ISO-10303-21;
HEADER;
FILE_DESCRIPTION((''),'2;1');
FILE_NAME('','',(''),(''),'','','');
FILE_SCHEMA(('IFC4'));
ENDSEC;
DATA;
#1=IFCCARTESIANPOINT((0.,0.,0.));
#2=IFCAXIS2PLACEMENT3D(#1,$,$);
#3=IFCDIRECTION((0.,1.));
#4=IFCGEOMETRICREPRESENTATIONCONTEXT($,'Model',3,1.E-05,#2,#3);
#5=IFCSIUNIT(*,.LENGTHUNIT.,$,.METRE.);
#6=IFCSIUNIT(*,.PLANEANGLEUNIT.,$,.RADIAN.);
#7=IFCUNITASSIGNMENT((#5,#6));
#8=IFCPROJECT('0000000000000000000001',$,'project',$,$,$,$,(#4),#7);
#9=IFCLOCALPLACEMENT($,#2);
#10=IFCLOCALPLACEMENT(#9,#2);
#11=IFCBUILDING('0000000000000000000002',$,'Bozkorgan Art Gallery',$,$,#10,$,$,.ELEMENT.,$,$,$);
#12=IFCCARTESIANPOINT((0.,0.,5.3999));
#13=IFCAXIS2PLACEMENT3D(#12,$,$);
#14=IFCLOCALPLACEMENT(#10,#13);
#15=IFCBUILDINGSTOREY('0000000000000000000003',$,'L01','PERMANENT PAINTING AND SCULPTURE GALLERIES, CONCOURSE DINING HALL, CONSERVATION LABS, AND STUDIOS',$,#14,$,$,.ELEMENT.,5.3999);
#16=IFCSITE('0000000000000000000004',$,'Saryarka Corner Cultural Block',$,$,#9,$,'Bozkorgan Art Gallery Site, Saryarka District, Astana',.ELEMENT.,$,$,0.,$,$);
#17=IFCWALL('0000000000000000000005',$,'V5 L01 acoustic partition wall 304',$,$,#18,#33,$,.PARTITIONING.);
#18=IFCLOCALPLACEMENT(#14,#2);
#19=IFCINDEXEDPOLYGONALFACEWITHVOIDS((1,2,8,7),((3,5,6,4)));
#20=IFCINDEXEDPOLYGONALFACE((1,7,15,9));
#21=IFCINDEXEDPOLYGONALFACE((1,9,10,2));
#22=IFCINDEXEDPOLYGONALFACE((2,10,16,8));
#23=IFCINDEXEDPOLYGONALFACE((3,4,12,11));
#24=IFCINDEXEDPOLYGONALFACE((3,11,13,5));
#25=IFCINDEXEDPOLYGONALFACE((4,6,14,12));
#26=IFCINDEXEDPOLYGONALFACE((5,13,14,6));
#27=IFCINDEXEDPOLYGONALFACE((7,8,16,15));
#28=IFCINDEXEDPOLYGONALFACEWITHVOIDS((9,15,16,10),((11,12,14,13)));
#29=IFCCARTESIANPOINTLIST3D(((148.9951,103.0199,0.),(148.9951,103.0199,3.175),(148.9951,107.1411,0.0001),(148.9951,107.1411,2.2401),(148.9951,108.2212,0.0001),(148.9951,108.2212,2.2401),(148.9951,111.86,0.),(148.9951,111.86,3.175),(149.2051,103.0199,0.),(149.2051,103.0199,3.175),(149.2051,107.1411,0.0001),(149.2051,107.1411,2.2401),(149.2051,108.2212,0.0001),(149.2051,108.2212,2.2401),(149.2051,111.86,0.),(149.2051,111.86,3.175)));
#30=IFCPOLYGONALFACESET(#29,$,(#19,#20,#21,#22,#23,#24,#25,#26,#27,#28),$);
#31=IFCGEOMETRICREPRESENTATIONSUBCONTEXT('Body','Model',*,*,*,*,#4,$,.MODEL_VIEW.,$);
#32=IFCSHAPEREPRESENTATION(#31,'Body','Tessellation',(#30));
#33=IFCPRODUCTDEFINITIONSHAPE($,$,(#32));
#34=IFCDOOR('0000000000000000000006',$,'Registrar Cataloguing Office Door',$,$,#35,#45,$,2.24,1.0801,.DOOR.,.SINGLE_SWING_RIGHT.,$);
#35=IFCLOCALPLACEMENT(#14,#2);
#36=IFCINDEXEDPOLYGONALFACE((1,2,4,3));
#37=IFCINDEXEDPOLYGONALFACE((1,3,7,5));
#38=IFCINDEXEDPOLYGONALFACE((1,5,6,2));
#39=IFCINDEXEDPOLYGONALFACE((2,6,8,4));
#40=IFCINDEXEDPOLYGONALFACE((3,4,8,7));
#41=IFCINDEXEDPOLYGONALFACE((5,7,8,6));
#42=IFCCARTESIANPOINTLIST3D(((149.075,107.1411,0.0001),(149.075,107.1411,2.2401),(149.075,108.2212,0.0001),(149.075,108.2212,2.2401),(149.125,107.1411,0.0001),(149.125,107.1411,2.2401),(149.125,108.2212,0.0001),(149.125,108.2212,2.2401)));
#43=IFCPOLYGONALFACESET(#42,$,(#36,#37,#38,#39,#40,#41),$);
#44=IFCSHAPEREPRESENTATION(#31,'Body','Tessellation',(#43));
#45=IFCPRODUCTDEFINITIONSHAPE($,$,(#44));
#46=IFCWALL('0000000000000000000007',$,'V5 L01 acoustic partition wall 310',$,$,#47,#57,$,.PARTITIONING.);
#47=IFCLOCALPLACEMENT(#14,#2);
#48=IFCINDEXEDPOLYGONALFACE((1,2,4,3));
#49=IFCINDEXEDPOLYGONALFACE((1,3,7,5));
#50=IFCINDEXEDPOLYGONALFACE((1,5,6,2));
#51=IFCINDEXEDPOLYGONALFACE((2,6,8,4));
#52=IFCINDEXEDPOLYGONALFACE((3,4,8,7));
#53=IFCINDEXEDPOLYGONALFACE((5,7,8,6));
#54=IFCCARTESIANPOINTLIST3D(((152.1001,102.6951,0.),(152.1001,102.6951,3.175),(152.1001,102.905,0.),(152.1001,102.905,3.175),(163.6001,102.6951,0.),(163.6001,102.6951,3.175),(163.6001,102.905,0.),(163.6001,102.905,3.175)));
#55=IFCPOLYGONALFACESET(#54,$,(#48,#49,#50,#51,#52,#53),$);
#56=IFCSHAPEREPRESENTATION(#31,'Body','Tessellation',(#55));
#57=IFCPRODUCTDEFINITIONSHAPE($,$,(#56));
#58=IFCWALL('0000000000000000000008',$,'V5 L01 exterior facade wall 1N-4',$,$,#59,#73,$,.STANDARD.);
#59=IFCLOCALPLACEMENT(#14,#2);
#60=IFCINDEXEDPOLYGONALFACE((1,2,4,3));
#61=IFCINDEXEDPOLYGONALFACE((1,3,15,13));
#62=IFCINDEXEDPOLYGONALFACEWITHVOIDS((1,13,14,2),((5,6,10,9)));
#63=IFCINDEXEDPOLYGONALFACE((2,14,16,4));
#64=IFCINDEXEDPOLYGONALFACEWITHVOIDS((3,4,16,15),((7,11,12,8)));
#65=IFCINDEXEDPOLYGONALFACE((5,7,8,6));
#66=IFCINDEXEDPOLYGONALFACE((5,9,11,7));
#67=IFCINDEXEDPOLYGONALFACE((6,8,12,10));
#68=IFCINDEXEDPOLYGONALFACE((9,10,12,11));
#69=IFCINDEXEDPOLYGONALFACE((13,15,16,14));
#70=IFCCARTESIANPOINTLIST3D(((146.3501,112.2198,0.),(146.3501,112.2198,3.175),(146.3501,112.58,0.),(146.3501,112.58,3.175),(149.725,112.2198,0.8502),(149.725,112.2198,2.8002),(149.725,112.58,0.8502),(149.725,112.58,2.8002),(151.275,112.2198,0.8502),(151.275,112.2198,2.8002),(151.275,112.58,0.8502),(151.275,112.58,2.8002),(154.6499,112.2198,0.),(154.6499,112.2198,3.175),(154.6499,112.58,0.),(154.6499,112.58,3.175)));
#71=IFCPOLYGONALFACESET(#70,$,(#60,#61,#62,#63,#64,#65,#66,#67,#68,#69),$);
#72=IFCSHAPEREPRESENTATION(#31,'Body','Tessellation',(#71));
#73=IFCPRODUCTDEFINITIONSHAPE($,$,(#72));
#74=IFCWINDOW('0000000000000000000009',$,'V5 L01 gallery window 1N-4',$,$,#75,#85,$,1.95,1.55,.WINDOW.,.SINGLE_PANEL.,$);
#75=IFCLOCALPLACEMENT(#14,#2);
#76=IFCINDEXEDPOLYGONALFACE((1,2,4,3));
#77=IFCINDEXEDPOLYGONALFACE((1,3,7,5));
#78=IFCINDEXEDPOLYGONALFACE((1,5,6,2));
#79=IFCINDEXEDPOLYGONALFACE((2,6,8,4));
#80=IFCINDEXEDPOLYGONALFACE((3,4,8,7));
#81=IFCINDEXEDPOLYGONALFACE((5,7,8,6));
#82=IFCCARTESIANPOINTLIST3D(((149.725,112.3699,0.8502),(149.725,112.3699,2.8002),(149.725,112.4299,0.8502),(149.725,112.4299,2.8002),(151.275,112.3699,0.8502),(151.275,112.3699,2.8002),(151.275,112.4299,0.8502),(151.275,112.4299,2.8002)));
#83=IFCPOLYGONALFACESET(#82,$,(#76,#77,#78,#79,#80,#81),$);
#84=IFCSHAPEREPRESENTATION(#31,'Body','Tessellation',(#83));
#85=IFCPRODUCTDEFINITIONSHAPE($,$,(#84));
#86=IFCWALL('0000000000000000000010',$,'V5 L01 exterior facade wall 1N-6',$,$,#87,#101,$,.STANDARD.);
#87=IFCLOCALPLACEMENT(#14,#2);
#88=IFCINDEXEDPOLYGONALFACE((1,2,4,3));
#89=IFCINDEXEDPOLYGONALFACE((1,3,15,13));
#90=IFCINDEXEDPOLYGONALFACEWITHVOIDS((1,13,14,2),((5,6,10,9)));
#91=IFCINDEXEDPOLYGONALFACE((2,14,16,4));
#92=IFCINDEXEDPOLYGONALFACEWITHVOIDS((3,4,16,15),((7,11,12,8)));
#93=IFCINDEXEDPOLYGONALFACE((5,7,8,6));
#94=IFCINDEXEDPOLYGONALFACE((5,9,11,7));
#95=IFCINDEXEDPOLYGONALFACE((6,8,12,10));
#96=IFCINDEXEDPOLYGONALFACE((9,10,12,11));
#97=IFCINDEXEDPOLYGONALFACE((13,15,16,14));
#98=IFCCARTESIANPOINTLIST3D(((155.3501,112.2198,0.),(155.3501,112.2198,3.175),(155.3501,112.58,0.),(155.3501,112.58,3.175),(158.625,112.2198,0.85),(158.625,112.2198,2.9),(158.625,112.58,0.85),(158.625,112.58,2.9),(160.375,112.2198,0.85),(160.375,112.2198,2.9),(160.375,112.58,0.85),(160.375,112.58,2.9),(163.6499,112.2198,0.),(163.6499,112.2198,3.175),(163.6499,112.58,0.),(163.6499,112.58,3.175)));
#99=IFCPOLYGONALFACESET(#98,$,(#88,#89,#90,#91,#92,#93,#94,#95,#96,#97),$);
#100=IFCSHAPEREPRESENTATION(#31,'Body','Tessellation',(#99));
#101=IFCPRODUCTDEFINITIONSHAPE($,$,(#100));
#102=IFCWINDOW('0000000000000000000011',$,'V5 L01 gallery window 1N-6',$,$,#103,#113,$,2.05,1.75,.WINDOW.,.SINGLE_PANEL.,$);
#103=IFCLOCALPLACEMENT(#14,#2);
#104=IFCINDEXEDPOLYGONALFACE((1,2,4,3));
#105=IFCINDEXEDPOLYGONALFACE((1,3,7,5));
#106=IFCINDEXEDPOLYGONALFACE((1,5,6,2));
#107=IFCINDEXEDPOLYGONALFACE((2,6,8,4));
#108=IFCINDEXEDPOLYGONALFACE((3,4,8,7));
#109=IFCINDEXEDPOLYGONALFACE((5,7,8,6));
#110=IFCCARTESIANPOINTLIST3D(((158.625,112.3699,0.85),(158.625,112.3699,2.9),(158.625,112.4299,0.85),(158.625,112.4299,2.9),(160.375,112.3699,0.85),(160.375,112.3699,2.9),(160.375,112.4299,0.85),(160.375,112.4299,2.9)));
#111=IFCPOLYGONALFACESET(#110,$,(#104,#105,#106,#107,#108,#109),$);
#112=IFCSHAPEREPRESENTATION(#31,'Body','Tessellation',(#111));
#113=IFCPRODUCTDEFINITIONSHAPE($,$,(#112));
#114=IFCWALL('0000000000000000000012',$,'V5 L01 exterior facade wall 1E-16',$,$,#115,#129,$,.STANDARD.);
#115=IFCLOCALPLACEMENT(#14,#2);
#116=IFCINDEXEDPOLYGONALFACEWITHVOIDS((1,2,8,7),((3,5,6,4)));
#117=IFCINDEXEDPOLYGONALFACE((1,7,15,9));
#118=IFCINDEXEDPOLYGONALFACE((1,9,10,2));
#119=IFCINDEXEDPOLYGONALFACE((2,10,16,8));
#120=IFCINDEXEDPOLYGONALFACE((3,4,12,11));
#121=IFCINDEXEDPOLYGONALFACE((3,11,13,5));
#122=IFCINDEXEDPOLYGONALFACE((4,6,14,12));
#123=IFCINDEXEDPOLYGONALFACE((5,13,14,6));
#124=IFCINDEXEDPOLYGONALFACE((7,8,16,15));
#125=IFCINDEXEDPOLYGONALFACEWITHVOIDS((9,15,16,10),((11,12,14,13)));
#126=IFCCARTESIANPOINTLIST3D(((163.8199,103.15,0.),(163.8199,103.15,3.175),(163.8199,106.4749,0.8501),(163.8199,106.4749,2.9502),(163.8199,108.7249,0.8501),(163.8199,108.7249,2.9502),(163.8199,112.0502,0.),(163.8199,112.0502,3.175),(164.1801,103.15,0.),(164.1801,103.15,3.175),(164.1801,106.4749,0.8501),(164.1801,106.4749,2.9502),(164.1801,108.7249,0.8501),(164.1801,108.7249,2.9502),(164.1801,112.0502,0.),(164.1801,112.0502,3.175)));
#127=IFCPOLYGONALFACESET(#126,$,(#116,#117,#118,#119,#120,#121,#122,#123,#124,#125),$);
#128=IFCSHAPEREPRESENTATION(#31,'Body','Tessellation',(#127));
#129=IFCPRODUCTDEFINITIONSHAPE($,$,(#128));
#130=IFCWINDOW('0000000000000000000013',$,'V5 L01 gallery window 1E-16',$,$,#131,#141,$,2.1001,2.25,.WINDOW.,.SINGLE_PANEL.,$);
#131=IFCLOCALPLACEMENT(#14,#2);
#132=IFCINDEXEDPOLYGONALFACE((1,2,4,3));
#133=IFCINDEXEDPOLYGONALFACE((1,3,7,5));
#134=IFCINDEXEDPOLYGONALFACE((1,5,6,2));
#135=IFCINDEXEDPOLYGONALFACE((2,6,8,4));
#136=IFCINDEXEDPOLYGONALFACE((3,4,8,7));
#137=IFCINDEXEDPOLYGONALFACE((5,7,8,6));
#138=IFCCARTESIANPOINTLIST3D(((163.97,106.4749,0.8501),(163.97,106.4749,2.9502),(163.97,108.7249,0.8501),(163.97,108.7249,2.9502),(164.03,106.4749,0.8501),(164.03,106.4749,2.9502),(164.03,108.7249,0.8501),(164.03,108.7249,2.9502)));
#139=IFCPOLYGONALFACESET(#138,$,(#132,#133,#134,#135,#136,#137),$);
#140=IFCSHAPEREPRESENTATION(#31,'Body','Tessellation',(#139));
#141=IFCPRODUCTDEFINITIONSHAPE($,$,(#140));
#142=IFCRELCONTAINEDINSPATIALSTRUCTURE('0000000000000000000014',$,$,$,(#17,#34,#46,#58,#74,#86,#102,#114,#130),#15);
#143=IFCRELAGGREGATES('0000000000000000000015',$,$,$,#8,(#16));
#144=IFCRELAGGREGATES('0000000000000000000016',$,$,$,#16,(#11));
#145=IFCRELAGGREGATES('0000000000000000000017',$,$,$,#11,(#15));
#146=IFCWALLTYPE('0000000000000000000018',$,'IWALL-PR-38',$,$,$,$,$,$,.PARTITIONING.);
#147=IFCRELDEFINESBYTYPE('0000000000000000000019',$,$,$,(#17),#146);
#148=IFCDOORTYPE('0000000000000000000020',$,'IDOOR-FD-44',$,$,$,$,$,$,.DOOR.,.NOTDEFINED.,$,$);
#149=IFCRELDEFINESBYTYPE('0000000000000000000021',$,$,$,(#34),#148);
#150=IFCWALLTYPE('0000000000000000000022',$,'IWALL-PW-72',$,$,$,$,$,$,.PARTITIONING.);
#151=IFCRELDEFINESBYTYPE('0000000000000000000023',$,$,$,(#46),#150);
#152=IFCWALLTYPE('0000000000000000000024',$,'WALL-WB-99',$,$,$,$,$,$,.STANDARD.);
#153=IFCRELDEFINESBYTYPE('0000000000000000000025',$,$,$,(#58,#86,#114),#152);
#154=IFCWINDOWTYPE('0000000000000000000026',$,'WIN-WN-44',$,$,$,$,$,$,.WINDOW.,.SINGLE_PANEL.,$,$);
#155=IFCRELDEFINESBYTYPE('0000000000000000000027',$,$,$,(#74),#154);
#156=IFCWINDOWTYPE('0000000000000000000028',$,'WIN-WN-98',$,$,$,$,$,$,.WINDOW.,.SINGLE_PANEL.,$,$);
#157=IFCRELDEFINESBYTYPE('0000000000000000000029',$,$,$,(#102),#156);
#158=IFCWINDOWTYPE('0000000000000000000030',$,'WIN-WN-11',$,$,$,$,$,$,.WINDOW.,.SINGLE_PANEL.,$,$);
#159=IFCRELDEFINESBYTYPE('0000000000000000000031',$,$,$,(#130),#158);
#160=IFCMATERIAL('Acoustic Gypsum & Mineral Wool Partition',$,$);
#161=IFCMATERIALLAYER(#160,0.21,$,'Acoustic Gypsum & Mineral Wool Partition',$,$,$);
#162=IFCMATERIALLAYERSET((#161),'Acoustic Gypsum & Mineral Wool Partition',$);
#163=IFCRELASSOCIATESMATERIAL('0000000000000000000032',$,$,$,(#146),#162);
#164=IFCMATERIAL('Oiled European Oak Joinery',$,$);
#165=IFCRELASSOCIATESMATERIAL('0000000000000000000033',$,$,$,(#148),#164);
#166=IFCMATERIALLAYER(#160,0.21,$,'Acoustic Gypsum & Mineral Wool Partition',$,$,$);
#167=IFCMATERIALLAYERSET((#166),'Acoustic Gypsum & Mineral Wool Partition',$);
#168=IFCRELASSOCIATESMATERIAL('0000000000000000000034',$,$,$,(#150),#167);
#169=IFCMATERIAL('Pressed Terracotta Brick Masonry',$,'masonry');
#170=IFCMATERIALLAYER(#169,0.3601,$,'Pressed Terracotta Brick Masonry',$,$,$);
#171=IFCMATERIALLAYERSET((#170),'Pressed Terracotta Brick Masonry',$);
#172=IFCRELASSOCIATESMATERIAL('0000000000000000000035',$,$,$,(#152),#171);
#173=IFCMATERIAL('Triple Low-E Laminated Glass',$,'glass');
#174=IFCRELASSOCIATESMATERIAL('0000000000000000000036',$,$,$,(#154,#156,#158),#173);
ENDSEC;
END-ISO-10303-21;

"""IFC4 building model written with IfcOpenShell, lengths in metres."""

from ifc_helpers import new_model, si_unit, direction, frame, frame_2d, origin, place, context, subcontext, project, spatial, rectangle, extrude, material, layer, layer_set, type_object, element, fill, save


model = new_model("IFC4")

# Units and contexts
model_context = context("Model", 3, precision=1e-05, world=origin(), true_north=direction((0.0, 1.0)))
body_context = subcontext(model_context, "Body", "Model", "MODEL_VIEW")
ifc_project = project(units=[si_unit("LENGTHUNIT", "METRE"), si_unit("PLANEANGLEUNIT", "RADIAN")], contexts=[model_context])

# Site, building, storey
site_placement = place(None, origin())
site = spatial("IfcSite", under=ifc_project, at=site_placement, Name="Saryarka Corner Cultural Block", LongName="Bozkorgan Art Gallery Site, Saryarka District, Astana", CompositionType="ELEMENT", RefElevation=0.0)
building_placement = place(site_placement, origin())
building = spatial("IfcBuilding", under=site, at=building_placement, Name="Bozkorgan Art Gallery", CompositionType="ELEMENT")
storey_placement = place(building_placement, frame((0.0, 0.0, 5.3999)))
storey = spatial("IfcBuildingStorey", under=building, at=storey_placement, Name="L01", Description="PERMANENT PAINTING AND SCULPTURE GALLERIES, CONCOURSE DINING HALL, CONSERVATION LABS, AND STUDIOS", CompositionType="ELEMENT", Elevation=5.3999)

# Wall, opening, door
ifc_material_1 = material(Name="Acoustic Gypsum & Mineral Wool Partition")
ifc_material_2 = material(Name="Oiled European Oak Joinery")
ifc_layer_1 = layer(ifc_material_1, 0.21, Name="Acoustic Gypsum & Mineral Wool Partition")
ifc_layer_set_1 = layer_set([ifc_layer_1], Name="Acoustic Gypsum & Mineral Wool Partition")
wall_type_1 = type_object("IfcWallType", Name="IWALL-PR-38", PredefinedType="PARTITIONING", material=ifc_layer_set_1)
wall_1_placement = place(storey_placement, frame((149.1001, 103.02, 0.0), z_axis=(0.0, 0.0, 1.0), x_axis=(0.0, 1.0, 0.0)))
wall_1 = element("IfcWall", 1, at=wall_1_placement, inside=storey, type_object=wall_type_1, Name="V5 L01 acoustic partition wall 304", PredefinedType="PARTITIONING", context=body_context, shape_type="SweptSolid", body=[
    extrude(rectangle(XDim=8.8401, YDim=0.21, at=frame_2d((4.4199, 0.0))), origin(), (0.0, 0.0, 1.0), 3.175),
])
opening_1_placement = place(wall_1_placement, frame((5.2012, 0.0, 0.0), z_axis=(0.0, 0.0, 1.0), x_axis=(-1.0, 0.0, 0.0)))
opening_1 = element("IfcOpeningElement", 2, at=opening_1_placement, cuts=wall_1, PredefinedType="OPENING", context=body_context, shape_type="SweptSolid", body=[
    extrude(rectangle(XDim=1.0801, YDim=2.24, at=frame_2d((0.54, 1.1201))), frame((0.0, 0.115, 0.0), z_axis=(0.0, -1.0, 0.0), x_axis=(1.0, 0.0, 0.0)), (0.0, 0.0, 1.0), 0.23),
])
door_type_1 = type_object("IfcDoorType", Name="IDOOR-FD-44", OperationType="NOTDEFINED", PredefinedType="DOOR", material=ifc_material_2)
door_1_placement = place(opening_1_placement, origin())
door_1 = element("IfcDoor", 3, at=door_1_placement, inside=storey, type_object=door_type_1, Name="Registrar Cataloguing Office Door", OperationType="SINGLE_SWING_RIGHT", OverallHeight=2.24, OverallWidth=1.0801, PredefinedType="DOOR", context=body_context, shape_type="SweptSolid", body=[
    extrude(rectangle(XDim=1.0801, YDim=2.24, at=frame_2d((0.54, 1.1201))), frame((0.0, 0.0249, 0.0), z_axis=(0.0, -1.0, 0.0), x_axis=(1.0, 0.0, 0.0)), (0.0, 0.0, 1.0), 0.05),
])
fill(opening_1, door_1)

# Wall
ifc_layer_2 = layer(ifc_material_1, 0.21, Name="Acoustic Gypsum & Mineral Wool Partition")
ifc_layer_set_2 = layer_set([ifc_layer_2], Name="Acoustic Gypsum & Mineral Wool Partition")
wall_type_2 = type_object("IfcWallType", Name="IWALL-PW-72", PredefinedType="PARTITIONING", material=ifc_layer_set_2)
wall_2_placement = place(storey_placement, frame((152.1001, 102.8, 0.0), z_axis=(0.0, 0.0, 1.0), x_axis=(1.0, 0.0, 0.0)))
element("IfcWall", 4, at=wall_2_placement, inside=storey, type_object=wall_type_2, Name="V5 L01 acoustic partition wall 310", PredefinedType="PARTITIONING", context=body_context, shape_type="SweptSolid", body=[
    extrude(rectangle(XDim=11.5, YDim=0.21, at=frame_2d((5.75, 0.0))), origin(), (0.0, 0.0, 1.0), 3.175),
])

# Walls, openings, windows
ifc_material_3 = material(Name="Pressed Terracotta Brick Masonry", Category="masonry")
ifc_layer_3 = layer(ifc_material_3, 0.3601, Name="Pressed Terracotta Brick Masonry")
ifc_layer_set_3 = layer_set([ifc_layer_3], Name="Pressed Terracotta Brick Masonry")
wall_type_3 = type_object("IfcWallType", Name="WALL-WB-99", PredefinedType="STANDARD", material=ifc_layer_set_3)
wall_3_placement = place(storey_placement, frame((146.3501, 112.3999, 0.0), z_axis=(0.0, 0.0, 1.0), x_axis=(1.0, 0.0, 0.0)))
wall_3 = element("IfcWall", 5, at=wall_3_placement, inside=storey, type_object=wall_type_3, Name="V5 L01 exterior facade wall 1N-4", PredefinedType="STANDARD", context=body_context, shape_type="SweptSolid", body=[
    extrude(rectangle(XDim=8.2998, YDim=0.3601, at=frame_2d((4.1499, 0.0))), origin(), (0.0, 0.0, 1.0), 3.175),
])
opening_2_placement = place(wall_3_placement, frame((3.375, 0.0, 0.8501)))
opening_2 = element("IfcOpeningElement", 6, at=opening_2_placement, cuts=wall_3, PredefinedType="OPENING", context=body_context, shape_type="SweptSolid", body=[
    extrude(rectangle(XDim=1.55, YDim=1.95, at=frame_2d((0.7749, 0.9751))), frame((0.0, 0.1899, 0.0), z_axis=(0.0, -1.0, 0.0), x_axis=(1.0, 0.0, 0.0)), (0.0, 0.0, 1.0), 0.3801),
])
ifc_material_4 = material(Name="Triple Low-E Laminated Glass", Category="glass")
window_type_1 = type_object("IfcWindowType", Name="WIN-WN-44", PartitioningType="SINGLE_PANEL", PredefinedType="WINDOW", material=ifc_material_4)
window_1_placement = place(opening_2_placement, origin())
window_1 = element("IfcWindow", 7, at=window_1_placement, inside=storey, type_object=window_type_1, Name="V5 L01 gallery window 1N-4", OverallHeight=1.95, OverallWidth=1.55, PartitioningType="SINGLE_PANEL", PredefinedType="WINDOW", context=body_context, shape_type="SweptSolid", body=[
    extrude(rectangle(XDim=1.55, YDim=1.95, at=frame_2d((0.7749, 0.9751))), frame((0.0, 0.03, 0.0), z_axis=(0.0, -1.0, 0.0), x_axis=(1.0, 0.0, 0.0)), (0.0, 0.0, 1.0), 0.0601),
])
fill(opening_2, window_1)
wall_4_placement = place(storey_placement, frame((155.3501, 112.3999, 0.0), z_axis=(0.0, 0.0, 1.0), x_axis=(1.0, 0.0, 0.0)))
wall_4 = element("IfcWall", 8, at=wall_4_placement, inside=storey, type_object=wall_type_3, Name="V5 L01 exterior facade wall 1N-6", PredefinedType="STANDARD", context=body_context, shape_type="SweptSolid", body=[
    extrude(rectangle(XDim=8.2998, YDim=0.3601, at=frame_2d((4.1499, 0.0))), origin(), (0.0, 0.0, 1.0), 3.175),
])
opening_3_placement = place(wall_4_placement, frame((3.2749, 0.0, 0.8501)))
opening_3 = element("IfcOpeningElement", 9, at=opening_3_placement, cuts=wall_4, PredefinedType="OPENING", context=body_context, shape_type="SweptSolid", body=[
    extrude(rectangle(XDim=1.75, YDim=2.05, at=frame_2d((0.875, 1.0249))), frame((0.0, 0.1899, 0.0), z_axis=(0.0, -1.0, 0.0), x_axis=(1.0, 0.0, 0.0)), (0.0, 0.0, 1.0), 0.3801),
])
window_type_2 = type_object("IfcWindowType", Name="WIN-WN-98", PartitioningType="SINGLE_PANEL", PredefinedType="WINDOW", material=ifc_material_4)
window_2_placement = place(opening_3_placement, origin())
window_2 = element("IfcWindow", 10, at=window_2_placement, inside=storey, type_object=window_type_2, Name="V5 L01 gallery window 1N-6", OverallHeight=2.05, OverallWidth=1.75, PartitioningType="SINGLE_PANEL", PredefinedType="WINDOW", context=body_context, shape_type="SweptSolid", body=[
    extrude(rectangle(XDim=1.75, YDim=2.05, at=frame_2d((0.875, 1.0249))), frame((0.0, 0.03, 0.0), z_axis=(0.0, -1.0, 0.0), x_axis=(1.0, 0.0, 0.0)), (0.0, 0.0, 1.0), 0.0601),
])
fill(opening_3, window_2)
wall_5_placement = place(storey_placement, frame((164.0, 103.1499, 0.0), z_axis=(0.0, 0.0, 1.0), x_axis=(0.0, 1.0, 0.0)))
wall_5 = element("IfcWall", 11, at=wall_5_placement, inside=storey, type_object=wall_type_3, Name="V5 L01 exterior facade wall 1E-16", PredefinedType="STANDARD", context=body_context, shape_type="SweptSolid", body=[
    extrude(rectangle(XDim=8.9001, YDim=0.3601, at=frame_2d((4.4502, 0.0))), origin(), (0.0, 0.0, 1.0), 3.175),
])
opening_4_placement = place(wall_5_placement, frame((5.575, 0.0, 0.8501), z_axis=(0.0, 0.0, 1.0), x_axis=(-1.0, 0.0, 0.0)))
opening_4 = element("IfcOpeningElement", 12, at=opening_4_placement, cuts=wall_5, PredefinedType="OPENING", context=body_context, shape_type="SweptSolid", body=[
    extrude(rectangle(XDim=2.25, YDim=2.1001, at=frame_2d((1.125, 1.05))), frame((0.0, 0.1899, 0.0), z_axis=(0.0, -1.0, 0.0), x_axis=(1.0, 0.0, 0.0)), (0.0, 0.0, 1.0), 0.3801),
])
window_type_3 = type_object("IfcWindowType", Name="WIN-WN-11", PartitioningType="SINGLE_PANEL", PredefinedType="WINDOW", material=ifc_material_4)
window_3_placement = place(opening_4_placement, origin())
window_3 = element("IfcWindow", 13, at=window_3_placement, inside=storey, type_object=window_type_3, Name="V5 L01 gallery window 1E-16", OverallHeight=2.1001, OverallWidth=2.25, PartitioningType="SINGLE_PANEL", PredefinedType="WINDOW", context=body_context, shape_type="SweptSolid", body=[
    extrude(rectangle(XDim=2.25, YDim=2.1001, at=frame_2d((1.125, 1.05))), frame((0.0, 0.03, 0.0), z_axis=(0.0, -1.0, 0.0), x_axis=(1.0, 0.0, 0.0)), (0.0, 0.0, 1.0), 0.0601),
])
fill(opening_4, window_3)

save(model, "model.ifc")
